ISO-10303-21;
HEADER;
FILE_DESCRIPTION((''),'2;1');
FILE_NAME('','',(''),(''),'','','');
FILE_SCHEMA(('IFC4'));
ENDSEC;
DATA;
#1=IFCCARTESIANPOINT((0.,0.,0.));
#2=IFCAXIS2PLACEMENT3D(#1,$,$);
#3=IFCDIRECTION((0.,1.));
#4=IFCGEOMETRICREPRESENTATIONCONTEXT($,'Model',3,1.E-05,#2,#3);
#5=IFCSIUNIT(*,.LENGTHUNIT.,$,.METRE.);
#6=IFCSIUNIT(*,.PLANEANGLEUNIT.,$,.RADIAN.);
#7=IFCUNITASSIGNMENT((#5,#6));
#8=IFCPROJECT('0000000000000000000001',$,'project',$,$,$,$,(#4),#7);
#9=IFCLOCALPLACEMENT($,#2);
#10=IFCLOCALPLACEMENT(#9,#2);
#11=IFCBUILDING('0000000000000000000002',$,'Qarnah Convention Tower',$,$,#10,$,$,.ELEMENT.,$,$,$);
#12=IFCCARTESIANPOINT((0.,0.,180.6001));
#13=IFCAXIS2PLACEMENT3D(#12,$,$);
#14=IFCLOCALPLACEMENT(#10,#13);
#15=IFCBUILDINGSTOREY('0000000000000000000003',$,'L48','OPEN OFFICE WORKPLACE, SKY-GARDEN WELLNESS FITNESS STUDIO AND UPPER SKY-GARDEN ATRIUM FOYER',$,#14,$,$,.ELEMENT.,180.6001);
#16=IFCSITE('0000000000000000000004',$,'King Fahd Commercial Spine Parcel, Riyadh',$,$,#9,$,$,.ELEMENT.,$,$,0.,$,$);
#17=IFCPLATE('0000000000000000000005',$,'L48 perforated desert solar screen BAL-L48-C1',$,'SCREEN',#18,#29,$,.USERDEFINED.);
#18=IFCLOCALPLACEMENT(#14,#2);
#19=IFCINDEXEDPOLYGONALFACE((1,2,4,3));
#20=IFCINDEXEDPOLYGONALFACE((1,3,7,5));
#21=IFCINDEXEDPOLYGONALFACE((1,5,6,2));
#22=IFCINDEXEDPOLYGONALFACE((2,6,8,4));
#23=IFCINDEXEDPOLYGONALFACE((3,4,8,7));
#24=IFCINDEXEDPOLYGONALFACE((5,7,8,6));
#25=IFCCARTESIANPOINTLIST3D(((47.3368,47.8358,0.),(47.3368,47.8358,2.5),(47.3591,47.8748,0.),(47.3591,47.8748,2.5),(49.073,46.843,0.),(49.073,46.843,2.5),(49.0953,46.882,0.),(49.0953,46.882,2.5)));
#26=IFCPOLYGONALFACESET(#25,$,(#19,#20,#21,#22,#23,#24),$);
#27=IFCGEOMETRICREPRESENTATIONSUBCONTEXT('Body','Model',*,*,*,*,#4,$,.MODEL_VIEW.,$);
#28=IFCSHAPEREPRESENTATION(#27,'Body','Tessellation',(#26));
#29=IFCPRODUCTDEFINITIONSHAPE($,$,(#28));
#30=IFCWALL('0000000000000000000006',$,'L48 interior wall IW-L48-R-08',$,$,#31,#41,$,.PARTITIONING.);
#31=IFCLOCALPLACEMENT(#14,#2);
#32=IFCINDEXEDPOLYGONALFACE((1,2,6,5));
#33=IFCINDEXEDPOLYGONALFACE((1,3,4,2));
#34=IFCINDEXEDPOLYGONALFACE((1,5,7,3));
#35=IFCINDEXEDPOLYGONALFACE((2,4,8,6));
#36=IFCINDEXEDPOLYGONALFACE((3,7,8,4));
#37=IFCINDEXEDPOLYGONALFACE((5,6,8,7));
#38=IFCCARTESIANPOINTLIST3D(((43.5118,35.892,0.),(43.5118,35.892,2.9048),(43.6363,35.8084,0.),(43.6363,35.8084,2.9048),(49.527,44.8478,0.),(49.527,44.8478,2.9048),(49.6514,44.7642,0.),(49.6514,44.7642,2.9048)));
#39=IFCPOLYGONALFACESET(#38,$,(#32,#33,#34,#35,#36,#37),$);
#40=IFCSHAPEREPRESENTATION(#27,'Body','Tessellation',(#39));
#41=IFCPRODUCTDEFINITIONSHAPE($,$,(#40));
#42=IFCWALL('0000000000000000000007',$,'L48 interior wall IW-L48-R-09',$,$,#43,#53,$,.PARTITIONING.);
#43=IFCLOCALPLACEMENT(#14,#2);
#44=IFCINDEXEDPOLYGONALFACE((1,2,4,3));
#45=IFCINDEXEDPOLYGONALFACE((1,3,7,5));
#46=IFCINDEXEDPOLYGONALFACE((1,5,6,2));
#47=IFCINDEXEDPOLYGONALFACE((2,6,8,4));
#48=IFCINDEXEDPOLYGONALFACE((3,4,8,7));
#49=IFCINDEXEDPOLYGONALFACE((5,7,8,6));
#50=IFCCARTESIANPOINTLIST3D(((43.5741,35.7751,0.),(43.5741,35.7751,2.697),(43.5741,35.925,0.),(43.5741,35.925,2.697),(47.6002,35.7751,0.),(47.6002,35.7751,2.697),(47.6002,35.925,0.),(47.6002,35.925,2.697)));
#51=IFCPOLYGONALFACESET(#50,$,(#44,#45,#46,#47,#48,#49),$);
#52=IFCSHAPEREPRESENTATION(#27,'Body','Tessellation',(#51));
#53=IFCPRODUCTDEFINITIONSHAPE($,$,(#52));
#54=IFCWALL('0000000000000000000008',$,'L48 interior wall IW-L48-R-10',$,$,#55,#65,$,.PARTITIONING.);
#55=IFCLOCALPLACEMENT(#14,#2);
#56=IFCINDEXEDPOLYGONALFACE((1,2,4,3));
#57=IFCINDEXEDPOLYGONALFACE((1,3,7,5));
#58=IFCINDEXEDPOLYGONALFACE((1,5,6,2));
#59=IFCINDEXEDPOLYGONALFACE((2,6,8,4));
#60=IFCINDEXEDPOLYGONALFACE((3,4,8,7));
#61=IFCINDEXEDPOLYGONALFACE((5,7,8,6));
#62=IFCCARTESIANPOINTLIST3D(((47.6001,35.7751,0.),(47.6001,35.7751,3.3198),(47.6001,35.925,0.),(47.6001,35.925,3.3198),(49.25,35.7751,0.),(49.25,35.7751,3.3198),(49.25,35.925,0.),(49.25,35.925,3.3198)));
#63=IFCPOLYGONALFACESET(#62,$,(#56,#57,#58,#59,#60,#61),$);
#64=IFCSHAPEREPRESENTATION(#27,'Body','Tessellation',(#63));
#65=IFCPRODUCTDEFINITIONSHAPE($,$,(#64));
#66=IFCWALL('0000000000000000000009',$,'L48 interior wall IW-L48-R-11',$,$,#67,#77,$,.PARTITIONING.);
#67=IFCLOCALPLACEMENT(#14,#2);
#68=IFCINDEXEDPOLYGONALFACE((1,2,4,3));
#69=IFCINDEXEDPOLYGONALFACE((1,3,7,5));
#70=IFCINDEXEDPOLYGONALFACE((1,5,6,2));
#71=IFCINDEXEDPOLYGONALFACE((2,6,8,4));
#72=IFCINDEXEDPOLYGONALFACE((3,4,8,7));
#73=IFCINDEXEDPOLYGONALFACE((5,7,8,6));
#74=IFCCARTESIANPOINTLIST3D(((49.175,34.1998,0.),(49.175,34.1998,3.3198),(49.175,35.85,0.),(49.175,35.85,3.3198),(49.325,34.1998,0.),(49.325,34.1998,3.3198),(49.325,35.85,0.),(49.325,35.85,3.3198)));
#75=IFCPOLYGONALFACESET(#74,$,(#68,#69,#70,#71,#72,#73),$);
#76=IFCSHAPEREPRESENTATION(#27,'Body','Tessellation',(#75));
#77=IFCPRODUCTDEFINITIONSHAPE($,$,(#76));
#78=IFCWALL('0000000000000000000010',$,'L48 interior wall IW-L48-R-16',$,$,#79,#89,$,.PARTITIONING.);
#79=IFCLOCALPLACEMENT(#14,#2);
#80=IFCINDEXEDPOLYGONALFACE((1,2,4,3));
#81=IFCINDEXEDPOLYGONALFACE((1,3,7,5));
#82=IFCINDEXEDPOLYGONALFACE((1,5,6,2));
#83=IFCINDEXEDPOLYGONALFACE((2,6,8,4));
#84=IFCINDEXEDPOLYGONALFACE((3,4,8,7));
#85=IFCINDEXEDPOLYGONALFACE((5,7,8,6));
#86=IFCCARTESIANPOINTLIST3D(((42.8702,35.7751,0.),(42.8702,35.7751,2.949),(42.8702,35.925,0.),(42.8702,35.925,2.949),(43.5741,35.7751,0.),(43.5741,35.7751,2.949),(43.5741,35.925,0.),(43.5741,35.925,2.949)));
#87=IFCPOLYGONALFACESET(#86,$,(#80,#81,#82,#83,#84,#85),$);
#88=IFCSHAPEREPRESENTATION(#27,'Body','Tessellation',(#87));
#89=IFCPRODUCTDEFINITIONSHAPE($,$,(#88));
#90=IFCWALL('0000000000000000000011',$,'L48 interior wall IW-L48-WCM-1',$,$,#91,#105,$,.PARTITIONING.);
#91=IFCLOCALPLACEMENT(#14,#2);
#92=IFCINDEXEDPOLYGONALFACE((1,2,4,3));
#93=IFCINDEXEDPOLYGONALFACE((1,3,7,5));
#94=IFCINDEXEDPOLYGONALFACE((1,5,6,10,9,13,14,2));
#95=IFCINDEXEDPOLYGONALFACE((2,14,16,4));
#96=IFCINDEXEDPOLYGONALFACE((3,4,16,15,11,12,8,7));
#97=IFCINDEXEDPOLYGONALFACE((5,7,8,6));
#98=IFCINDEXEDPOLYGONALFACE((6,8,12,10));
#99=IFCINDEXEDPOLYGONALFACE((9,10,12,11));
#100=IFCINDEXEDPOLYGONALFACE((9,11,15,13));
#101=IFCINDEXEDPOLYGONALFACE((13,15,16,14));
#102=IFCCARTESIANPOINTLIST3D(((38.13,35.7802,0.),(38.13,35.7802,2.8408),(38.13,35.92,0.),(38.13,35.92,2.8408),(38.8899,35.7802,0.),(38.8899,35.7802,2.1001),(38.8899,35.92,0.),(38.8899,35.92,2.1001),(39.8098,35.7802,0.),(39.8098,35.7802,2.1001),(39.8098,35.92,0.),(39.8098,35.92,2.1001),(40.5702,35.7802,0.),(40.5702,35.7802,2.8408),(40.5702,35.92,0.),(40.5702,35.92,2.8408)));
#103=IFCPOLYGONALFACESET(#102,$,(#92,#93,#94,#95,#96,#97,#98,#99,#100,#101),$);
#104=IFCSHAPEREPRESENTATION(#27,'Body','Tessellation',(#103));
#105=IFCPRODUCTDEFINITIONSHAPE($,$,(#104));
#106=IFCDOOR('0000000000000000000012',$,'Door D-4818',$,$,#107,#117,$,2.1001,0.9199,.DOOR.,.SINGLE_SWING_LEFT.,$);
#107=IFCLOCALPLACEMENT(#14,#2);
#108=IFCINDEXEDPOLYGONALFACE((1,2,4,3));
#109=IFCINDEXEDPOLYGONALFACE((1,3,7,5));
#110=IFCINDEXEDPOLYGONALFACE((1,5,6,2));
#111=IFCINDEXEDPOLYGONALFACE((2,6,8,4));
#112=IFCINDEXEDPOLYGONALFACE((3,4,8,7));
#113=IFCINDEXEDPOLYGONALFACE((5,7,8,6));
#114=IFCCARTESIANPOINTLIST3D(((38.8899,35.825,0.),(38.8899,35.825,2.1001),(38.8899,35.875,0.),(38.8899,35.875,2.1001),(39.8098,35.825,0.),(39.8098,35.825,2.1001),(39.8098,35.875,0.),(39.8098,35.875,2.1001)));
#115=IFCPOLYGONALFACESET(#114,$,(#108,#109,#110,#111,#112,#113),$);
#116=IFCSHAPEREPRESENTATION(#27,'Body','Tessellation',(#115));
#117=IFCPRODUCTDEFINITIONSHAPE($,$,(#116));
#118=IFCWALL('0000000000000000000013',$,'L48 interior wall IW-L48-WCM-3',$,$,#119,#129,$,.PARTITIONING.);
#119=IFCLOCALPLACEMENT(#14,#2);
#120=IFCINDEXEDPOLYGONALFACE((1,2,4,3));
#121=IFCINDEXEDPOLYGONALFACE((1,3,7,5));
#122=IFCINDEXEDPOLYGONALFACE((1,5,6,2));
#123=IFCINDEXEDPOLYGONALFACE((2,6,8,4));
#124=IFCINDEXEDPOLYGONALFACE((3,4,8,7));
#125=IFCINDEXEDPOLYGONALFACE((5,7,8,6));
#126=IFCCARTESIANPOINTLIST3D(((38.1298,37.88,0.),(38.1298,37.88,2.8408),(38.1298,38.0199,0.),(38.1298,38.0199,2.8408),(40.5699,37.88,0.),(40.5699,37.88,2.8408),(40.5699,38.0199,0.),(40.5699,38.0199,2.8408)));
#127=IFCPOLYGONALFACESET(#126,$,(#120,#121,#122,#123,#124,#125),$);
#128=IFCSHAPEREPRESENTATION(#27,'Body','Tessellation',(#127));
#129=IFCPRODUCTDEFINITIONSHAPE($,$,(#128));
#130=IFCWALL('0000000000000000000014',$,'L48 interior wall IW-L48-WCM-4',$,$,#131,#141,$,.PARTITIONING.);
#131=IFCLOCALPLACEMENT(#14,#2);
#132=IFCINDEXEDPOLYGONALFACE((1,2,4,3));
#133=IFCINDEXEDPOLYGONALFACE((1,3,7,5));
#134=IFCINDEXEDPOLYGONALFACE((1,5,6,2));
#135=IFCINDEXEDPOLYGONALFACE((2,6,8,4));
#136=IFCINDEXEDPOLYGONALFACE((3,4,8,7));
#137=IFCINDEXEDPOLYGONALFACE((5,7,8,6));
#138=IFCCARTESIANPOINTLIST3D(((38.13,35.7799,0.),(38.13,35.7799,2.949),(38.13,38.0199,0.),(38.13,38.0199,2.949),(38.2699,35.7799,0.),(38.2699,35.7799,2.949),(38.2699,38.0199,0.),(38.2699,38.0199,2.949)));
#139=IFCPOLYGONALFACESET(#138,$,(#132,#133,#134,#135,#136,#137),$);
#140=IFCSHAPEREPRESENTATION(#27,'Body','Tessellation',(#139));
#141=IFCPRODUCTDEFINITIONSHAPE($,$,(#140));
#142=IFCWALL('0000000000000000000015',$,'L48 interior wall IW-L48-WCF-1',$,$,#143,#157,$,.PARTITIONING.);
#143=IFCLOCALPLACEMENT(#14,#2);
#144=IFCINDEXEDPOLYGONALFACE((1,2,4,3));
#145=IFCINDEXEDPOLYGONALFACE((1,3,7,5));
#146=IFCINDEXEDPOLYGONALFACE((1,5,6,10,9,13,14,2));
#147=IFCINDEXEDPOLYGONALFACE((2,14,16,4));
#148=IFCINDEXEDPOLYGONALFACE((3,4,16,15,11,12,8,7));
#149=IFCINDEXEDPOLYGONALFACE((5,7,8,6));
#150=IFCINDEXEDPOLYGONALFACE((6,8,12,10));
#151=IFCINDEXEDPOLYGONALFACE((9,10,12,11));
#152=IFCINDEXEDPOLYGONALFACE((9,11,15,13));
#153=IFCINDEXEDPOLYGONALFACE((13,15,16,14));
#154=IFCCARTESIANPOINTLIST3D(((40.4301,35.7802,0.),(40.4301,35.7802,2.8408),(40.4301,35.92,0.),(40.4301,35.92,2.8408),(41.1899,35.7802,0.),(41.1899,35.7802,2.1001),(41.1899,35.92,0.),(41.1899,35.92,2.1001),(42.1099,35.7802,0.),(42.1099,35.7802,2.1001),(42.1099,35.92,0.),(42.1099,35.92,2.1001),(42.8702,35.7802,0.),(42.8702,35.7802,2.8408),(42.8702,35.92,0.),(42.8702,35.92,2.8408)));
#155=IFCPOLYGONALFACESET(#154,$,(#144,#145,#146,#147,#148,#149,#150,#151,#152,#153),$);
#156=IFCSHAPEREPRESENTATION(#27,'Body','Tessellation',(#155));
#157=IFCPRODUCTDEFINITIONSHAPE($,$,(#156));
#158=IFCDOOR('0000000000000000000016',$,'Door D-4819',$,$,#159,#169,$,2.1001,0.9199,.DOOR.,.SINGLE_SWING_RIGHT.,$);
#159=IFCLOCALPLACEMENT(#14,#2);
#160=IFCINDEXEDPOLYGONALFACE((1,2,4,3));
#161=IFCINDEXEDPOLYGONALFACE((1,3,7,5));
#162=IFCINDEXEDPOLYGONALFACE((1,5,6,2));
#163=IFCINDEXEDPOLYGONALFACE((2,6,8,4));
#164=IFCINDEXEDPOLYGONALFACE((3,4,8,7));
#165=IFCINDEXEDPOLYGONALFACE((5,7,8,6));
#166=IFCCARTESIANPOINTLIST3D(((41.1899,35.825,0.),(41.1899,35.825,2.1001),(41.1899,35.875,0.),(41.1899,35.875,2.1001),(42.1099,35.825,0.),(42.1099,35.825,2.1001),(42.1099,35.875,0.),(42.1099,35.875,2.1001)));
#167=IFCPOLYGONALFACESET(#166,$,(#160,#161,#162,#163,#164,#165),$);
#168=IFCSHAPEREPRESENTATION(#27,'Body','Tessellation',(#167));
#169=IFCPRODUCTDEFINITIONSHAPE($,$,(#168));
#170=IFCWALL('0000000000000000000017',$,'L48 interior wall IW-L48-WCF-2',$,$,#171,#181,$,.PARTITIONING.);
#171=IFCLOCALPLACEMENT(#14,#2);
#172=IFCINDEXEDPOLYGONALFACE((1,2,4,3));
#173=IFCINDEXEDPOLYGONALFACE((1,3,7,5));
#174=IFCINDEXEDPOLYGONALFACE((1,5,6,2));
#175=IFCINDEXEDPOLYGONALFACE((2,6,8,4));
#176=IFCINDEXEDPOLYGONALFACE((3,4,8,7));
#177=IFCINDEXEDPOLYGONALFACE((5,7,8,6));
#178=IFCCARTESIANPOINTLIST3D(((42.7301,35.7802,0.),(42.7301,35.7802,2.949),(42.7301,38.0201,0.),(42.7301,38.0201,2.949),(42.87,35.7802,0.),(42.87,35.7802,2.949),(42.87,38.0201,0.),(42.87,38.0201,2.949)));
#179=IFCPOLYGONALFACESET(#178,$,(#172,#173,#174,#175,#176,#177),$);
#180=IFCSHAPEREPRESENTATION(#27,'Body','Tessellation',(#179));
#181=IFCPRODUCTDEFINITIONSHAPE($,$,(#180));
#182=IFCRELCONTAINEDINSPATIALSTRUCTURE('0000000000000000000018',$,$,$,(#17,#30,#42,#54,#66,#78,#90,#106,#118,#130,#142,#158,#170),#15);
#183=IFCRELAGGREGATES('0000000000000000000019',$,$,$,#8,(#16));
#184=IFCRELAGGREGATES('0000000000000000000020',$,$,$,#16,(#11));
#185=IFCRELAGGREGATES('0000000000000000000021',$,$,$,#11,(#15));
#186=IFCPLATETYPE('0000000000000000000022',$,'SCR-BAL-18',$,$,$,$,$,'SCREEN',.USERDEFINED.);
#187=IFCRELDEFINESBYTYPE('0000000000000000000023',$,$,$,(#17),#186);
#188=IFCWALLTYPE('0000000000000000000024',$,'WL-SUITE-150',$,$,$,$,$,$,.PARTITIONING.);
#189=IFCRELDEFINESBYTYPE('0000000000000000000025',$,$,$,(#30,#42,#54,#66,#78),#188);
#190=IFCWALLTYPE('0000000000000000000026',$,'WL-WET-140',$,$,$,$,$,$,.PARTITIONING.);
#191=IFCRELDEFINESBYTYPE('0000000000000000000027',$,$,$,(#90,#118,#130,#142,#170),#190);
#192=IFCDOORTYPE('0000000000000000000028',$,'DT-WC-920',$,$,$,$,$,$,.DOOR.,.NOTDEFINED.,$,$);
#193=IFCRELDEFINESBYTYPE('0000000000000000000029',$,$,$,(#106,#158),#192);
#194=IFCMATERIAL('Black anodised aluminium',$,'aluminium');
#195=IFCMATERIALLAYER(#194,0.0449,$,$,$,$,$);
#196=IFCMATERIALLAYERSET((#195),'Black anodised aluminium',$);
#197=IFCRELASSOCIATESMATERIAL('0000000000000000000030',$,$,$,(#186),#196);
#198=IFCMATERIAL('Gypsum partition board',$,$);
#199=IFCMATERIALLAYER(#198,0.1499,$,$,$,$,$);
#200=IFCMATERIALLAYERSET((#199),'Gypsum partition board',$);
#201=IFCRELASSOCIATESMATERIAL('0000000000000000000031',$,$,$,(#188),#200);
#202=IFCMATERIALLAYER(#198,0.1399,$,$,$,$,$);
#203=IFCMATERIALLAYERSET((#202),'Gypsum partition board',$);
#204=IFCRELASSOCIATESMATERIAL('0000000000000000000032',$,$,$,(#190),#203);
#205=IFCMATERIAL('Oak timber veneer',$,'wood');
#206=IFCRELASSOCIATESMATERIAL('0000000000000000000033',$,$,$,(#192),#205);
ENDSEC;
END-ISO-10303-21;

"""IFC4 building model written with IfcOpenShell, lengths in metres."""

from ifc_helpers import new_model, si_unit, direction, frame, frame_2d, origin, origin_2d, place, context, subcontext, project, spatial, rectangle, extrude, material, layer, layer_set, type_object, element, fill, save


model = new_model("IFC4")

# Units and contexts
model_context = context("Model", 3, precision=1e-05, world=origin(), true_north=direction((0.0, 1.0)))
body_context = subcontext(model_context, "Body", "Model", "MODEL_VIEW")
ifc_project = project(units=[si_unit("LENGTHUNIT", "METRE"), si_unit("PLANEANGLEUNIT", "RADIAN")], contexts=[model_context])

# Site, building, storey
site_placement = place(None, origin())
site = spatial("IfcSite", under=ifc_project, at=site_placement, Name="King Fahd Commercial Spine Parcel, Riyadh", CompositionType="ELEMENT", RefElevation=0.0)
building_placement = place(site_placement, origin())
building = spatial("IfcBuilding", under=site, at=building_placement, Name="Qarnah Convention Tower", CompositionType="ELEMENT")
storey_placement = place(building_placement, frame((0.0, 0.0, 180.6001)))
storey = spatial("IfcBuildingStorey", under=building, at=storey_placement, Name="L48", Description="OPEN OFFICE WORKPLACE, SKY-GARDEN WELLNESS FITNESS STUDIO AND UPPER SKY-GARDEN ATRIUM FOYER", CompositionType="ELEMENT", Elevation=180.6001)

# Shared definitions
ifc_material_1 = material(Name="Black anodised aluminium", Category="aluminium")

# Plate
ifc_layer_1 = layer(ifc_material_1, 0.0449)
ifc_layer_set_1 = layer_set([ifc_layer_1], Name="Black anodised aluminium")
plate_type_1 = type_object("IfcPlateType", Name="SCR-BAL-18", ElementType="SCREEN", PredefinedType="USERDEFINED", material=ifc_layer_set_1)
plate_1_placement = place(storey_placement, frame((48.2161, 47.3589, 0.0), z_axis=(0.0, 0.0, 1.0), x_axis=(0.86809, -0.496407, 0.0)))
element("IfcPlate", 1, at=plate_1_placement, inside=storey, type_object=plate_type_1, Name="L48 perforated desert solar screen BAL-L48-C1", ObjectType="SCREEN", PredefinedType="USERDEFINED", context=body_context, shape_type="SweptSolid", body=[
    extrude(rectangle(XDim=2.0, YDim=0.0449, at=origin_2d()), origin(), (0.0, 0.0, 1.0), 2.5),
])

# Walls
ifc_material_2 = material(Name="Gypsum partition board")
ifc_layer_2 = layer(ifc_material_2, 0.1499)
ifc_layer_set_2 = layer_set([ifc_layer_2], Name="Gypsum partition board")
wall_type_1 = type_object("IfcWallType", Name="WL-SUITE-150", PredefinedType="PARTITIONING", material=ifc_layer_set_2)
wall_1_placement = place(storey_placement, frame((49.5891, 44.8059, 0.0), z_axis=(0.0, 0.0, 1.0), x_axis=(-0.557559, -0.830137, 0.0)))
element("IfcWall", 2, at=wall_1_placement, inside=storey, type_object=wall_type_1, Name="L48 interior wall IW-L48-R-08", PredefinedType="PARTITIONING", context=body_context, shape_type="SweptSolid", body=[
    extrude(rectangle(XDim=10.7883, YDim=0.1499, at=frame_2d((5.394, 0.0))), origin(), (0.0, 0.0, 1.0), 2.9048),
])
wall_2_placement = place(storey_placement, frame((43.574, 35.8501, 0.0), z_axis=(0.0, 0.0, 1.0), x_axis=(1.0, 0.0, 0.0)))
element("IfcWall", 3, at=wall_2_placement, inside=storey, type_object=wall_type_1, Name="L48 interior wall IW-L48-R-09", PredefinedType="PARTITIONING", context=body_context, shape_type="SweptSolid", body=[
    extrude(rectangle(XDim=4.0261, YDim=0.1499, at=frame_2d((2.0132, 0.0))), origin(), (0.0, 0.0, 1.0), 2.697),
])
wall_3_placement = place(storey_placement, frame((47.6001, 35.8501, 0.0), z_axis=(0.0, 0.0, 1.0), x_axis=(1.0, 0.0, 0.0)))
element("IfcWall", 4, at=wall_3_placement, inside=storey, type_object=wall_type_1, Name="L48 interior wall IW-L48-R-10", PredefinedType="PARTITIONING", context=body_context, shape_type="SweptSolid", body=[
    extrude(rectangle(XDim=1.6499, YDim=0.1499, at=frame_2d((0.825, 0.0))), origin(), (0.0, 0.0, 1.0), 3.3198),
])
wall_4_placement = place(storey_placement, frame((49.25, 35.8501, 0.0), z_axis=(0.0, 0.0, 1.0), x_axis=(0.0, -1.0, 0.0)))
element("IfcWall", 5, at=wall_4_placement, inside=storey, type_object=wall_type_1, Name="L48 interior wall IW-L48-R-11", PredefinedType="PARTITIONING", context=body_context, shape_type="SweptSolid", body=[
    extrude(rectangle(XDim=1.6501, YDim=0.1499, at=frame_2d((0.8252, 0.0))), origin(), (0.0, 0.0, 1.0), 3.3198),
])
wall_5_placement = place(storey_placement, frame((42.8701, 35.8501, 0.0), z_axis=(0.0, 0.0, 1.0), x_axis=(1.0, 0.0, 0.0)))
element("IfcWall", 6, at=wall_5_placement, inside=storey, type_object=wall_type_1, Name="L48 interior wall IW-L48-R-16", PredefinedType="PARTITIONING", context=body_context, shape_type="SweptSolid", body=[
    extrude(rectangle(XDim=0.7039, YDim=0.1499, at=frame_2d((0.3521, 0.0))), origin(), (0.0, 0.0, 1.0), 2.949),
])

# Wall, opening, door
ifc_layer_3 = layer(ifc_material_2, 0.1399)
ifc_layer_set_3 = layer_set([ifc_layer_3], Name="Gypsum partition board")
wall_type_2 = type_object("IfcWallType", Name="WL-WET-140", PredefinedType="PARTITIONING", material=ifc_layer_set_3)
wall_6_placement = place(storey_placement, frame((38.1299, 35.8501, 0.0), z_axis=(0.0, 0.0, 1.0), x_axis=(1.0, 0.0, 0.0)))
wall_6 = element("IfcWall", 7, at=wall_6_placement, inside=storey, type_object=wall_type_2, Name="L48 interior wall IW-L48-WCM-1", PredefinedType="PARTITIONING", context=body_context, shape_type="SweptSolid", body=[
    extrude(rectangle(XDim=2.4402, YDim=0.1399, at=frame_2d((1.2202, 0.0))), origin(), (0.0, 0.0, 1.0), 2.8408),
])
opening_1_placement = place(wall_6_placement, frame((0.76, 0.0, 0.0)))
opening_1 = element("IfcOpeningElement", 8, at=opening_1_placement, cuts=wall_6, PredefinedType="OPENING", context=body_context, shape_type="SweptSolid", body=[
    extrude(rectangle(XDim=0.9199, YDim=2.1001, at=frame_2d((0.46, 1.05))), frame((0.0, 0.0798, 0.0), z_axis=(0.0, -1.0, 0.0), x_axis=(1.0, 0.0, 0.0)), (0.0, 0.0, 1.0), 0.1599),
])
ifc_material_3 = material(Name="Oak timber veneer", Category="wood")
door_type_1 = type_object("IfcDoorType", Name="DT-WC-920", OperationType="NOTDEFINED", PredefinedType="DOOR", material=ifc_material_3)
door_1_placement = place(opening_1_placement, origin())
door_1 = element("IfcDoor", 9, at=door_1_placement, inside=storey, type_object=door_type_1, Name="Door D-4818", OperationType="SINGLE_SWING_LEFT", OverallHeight=2.1001, OverallWidth=0.9199, PredefinedType="DOOR", context=body_context, shape_type="SweptSolid", body=[
    extrude(rectangle(XDim=0.9199, YDim=2.1001, at=frame_2d((0.46, 1.05))), frame((0.0, 0.0249, 0.0), z_axis=(0.0, -1.0, 0.0), x_axis=(1.0, 0.0, 0.0)), (0.0, 0.0, 1.0), 0.05),
])
fill(opening_1, door_1)

# Walls
wall_7_placement = place(storey_placement, frame((40.5701, 37.95, 0.0), z_axis=(0.0, 0.0, 1.0), x_axis=(-1.0, 0.0, 0.0)))
element("IfcWall", 10, at=wall_7_placement, inside=storey, type_object=wall_type_2, Name="L48 interior wall IW-L48-WCM-3", PredefinedType="PARTITIONING", context=body_context, shape_type="SweptSolid", body=[
    extrude(rectangle(XDim=2.4402, YDim=0.1399, at=frame_2d((1.2202, 0.0))), origin(), (0.0, 0.0, 1.0), 2.8408),
])
wall_8_placement = place(storey_placement, frame((38.2, 38.02, 0.0), z_axis=(0.0, 0.0, 1.0), x_axis=(0.0, -1.0, 0.0)))
element("IfcWall", 11, at=wall_8_placement, inside=storey, type_object=wall_type_2, Name="L48 interior wall IW-L48-WCM-4", PredefinedType="PARTITIONING", context=body_context, shape_type="SweptSolid", body=[
    extrude(rectangle(XDim=2.24, YDim=0.1399, at=frame_2d((1.1201, 0.0))), origin(), (0.0, 0.0, 1.0), 2.949),
])

# Wall, opening, door
wall_9_placement = place(storey_placement, frame((40.4299, 35.8501, 0.0), z_axis=(0.0, 0.0, 1.0), x_axis=(1.0, 0.0, 0.0)))
wall_9 = element("IfcWall", 12, at=wall_9_placement, inside=storey, type_object=wall_type_2, Name="L48 interior wall IW-L48-WCF-1", PredefinedType="PARTITIONING", context=body_context, shape_type="SweptSolid", body=[
    extrude(rectangle(XDim=2.4402, YDim=0.1399, at=frame_2d((1.2202, 0.0))), origin(), (0.0, 0.0, 1.0), 2.8408),
])
opening_2_placement = place(wall_9_placement, frame((0.76, 0.0, 0.0)))
opening_2 = element("IfcOpeningElement", 13, at=opening_2_placement, cuts=wall_9, PredefinedType="OPENING", context=body_context, shape_type="SweptSolid", body=[
    extrude(rectangle(XDim=0.9199, YDim=2.1001, at=frame_2d((0.46, 1.05))), frame((0.0, 0.0798, 0.0), z_axis=(0.0, -1.0, 0.0), x_axis=(1.0, 0.0, 0.0)), (0.0, 0.0, 1.0), 0.1599),
])
door_2_placement = place(opening_2_placement, origin())
door_2 = element("IfcDoor", 14, at=door_2_placement, inside=storey, type_object=door_type_1, Name="Door D-4819", OperationType="SINGLE_SWING_RIGHT", OverallHeight=2.1001, OverallWidth=0.9199, PredefinedType="DOOR", context=body_context, shape_type="SweptSolid", body=[
    extrude(rectangle(XDim=0.9199, YDim=2.1001, at=frame_2d((0.46, 1.05))), frame((0.0, 0.0249, 0.0), z_axis=(0.0, -1.0, 0.0), x_axis=(1.0, 0.0, 0.0)), (0.0, 0.0, 1.0), 0.05),
])
fill(opening_2, door_2)

# Wall
wall_10_placement = place(storey_placement, frame((42.8, 35.78, 0.0), z_axis=(0.0, 0.0, 1.0), x_axis=(0.0, 1.0, 0.0)))
element("IfcWall", 15, at=wall_10_placement, inside=storey, type_object=wall_type_2, Name="L48 interior wall IW-L48-WCF-2", PredefinedType="PARTITIONING", context=body_context, shape_type="SweptSolid", body=[
    extrude(rectangle(XDim=2.24, YDim=0.1399, at=frame_2d((1.1201, 0.0))), origin(), (0.0, 0.0, 1.0), 2.949),
])

save(model, "model.ifc")
